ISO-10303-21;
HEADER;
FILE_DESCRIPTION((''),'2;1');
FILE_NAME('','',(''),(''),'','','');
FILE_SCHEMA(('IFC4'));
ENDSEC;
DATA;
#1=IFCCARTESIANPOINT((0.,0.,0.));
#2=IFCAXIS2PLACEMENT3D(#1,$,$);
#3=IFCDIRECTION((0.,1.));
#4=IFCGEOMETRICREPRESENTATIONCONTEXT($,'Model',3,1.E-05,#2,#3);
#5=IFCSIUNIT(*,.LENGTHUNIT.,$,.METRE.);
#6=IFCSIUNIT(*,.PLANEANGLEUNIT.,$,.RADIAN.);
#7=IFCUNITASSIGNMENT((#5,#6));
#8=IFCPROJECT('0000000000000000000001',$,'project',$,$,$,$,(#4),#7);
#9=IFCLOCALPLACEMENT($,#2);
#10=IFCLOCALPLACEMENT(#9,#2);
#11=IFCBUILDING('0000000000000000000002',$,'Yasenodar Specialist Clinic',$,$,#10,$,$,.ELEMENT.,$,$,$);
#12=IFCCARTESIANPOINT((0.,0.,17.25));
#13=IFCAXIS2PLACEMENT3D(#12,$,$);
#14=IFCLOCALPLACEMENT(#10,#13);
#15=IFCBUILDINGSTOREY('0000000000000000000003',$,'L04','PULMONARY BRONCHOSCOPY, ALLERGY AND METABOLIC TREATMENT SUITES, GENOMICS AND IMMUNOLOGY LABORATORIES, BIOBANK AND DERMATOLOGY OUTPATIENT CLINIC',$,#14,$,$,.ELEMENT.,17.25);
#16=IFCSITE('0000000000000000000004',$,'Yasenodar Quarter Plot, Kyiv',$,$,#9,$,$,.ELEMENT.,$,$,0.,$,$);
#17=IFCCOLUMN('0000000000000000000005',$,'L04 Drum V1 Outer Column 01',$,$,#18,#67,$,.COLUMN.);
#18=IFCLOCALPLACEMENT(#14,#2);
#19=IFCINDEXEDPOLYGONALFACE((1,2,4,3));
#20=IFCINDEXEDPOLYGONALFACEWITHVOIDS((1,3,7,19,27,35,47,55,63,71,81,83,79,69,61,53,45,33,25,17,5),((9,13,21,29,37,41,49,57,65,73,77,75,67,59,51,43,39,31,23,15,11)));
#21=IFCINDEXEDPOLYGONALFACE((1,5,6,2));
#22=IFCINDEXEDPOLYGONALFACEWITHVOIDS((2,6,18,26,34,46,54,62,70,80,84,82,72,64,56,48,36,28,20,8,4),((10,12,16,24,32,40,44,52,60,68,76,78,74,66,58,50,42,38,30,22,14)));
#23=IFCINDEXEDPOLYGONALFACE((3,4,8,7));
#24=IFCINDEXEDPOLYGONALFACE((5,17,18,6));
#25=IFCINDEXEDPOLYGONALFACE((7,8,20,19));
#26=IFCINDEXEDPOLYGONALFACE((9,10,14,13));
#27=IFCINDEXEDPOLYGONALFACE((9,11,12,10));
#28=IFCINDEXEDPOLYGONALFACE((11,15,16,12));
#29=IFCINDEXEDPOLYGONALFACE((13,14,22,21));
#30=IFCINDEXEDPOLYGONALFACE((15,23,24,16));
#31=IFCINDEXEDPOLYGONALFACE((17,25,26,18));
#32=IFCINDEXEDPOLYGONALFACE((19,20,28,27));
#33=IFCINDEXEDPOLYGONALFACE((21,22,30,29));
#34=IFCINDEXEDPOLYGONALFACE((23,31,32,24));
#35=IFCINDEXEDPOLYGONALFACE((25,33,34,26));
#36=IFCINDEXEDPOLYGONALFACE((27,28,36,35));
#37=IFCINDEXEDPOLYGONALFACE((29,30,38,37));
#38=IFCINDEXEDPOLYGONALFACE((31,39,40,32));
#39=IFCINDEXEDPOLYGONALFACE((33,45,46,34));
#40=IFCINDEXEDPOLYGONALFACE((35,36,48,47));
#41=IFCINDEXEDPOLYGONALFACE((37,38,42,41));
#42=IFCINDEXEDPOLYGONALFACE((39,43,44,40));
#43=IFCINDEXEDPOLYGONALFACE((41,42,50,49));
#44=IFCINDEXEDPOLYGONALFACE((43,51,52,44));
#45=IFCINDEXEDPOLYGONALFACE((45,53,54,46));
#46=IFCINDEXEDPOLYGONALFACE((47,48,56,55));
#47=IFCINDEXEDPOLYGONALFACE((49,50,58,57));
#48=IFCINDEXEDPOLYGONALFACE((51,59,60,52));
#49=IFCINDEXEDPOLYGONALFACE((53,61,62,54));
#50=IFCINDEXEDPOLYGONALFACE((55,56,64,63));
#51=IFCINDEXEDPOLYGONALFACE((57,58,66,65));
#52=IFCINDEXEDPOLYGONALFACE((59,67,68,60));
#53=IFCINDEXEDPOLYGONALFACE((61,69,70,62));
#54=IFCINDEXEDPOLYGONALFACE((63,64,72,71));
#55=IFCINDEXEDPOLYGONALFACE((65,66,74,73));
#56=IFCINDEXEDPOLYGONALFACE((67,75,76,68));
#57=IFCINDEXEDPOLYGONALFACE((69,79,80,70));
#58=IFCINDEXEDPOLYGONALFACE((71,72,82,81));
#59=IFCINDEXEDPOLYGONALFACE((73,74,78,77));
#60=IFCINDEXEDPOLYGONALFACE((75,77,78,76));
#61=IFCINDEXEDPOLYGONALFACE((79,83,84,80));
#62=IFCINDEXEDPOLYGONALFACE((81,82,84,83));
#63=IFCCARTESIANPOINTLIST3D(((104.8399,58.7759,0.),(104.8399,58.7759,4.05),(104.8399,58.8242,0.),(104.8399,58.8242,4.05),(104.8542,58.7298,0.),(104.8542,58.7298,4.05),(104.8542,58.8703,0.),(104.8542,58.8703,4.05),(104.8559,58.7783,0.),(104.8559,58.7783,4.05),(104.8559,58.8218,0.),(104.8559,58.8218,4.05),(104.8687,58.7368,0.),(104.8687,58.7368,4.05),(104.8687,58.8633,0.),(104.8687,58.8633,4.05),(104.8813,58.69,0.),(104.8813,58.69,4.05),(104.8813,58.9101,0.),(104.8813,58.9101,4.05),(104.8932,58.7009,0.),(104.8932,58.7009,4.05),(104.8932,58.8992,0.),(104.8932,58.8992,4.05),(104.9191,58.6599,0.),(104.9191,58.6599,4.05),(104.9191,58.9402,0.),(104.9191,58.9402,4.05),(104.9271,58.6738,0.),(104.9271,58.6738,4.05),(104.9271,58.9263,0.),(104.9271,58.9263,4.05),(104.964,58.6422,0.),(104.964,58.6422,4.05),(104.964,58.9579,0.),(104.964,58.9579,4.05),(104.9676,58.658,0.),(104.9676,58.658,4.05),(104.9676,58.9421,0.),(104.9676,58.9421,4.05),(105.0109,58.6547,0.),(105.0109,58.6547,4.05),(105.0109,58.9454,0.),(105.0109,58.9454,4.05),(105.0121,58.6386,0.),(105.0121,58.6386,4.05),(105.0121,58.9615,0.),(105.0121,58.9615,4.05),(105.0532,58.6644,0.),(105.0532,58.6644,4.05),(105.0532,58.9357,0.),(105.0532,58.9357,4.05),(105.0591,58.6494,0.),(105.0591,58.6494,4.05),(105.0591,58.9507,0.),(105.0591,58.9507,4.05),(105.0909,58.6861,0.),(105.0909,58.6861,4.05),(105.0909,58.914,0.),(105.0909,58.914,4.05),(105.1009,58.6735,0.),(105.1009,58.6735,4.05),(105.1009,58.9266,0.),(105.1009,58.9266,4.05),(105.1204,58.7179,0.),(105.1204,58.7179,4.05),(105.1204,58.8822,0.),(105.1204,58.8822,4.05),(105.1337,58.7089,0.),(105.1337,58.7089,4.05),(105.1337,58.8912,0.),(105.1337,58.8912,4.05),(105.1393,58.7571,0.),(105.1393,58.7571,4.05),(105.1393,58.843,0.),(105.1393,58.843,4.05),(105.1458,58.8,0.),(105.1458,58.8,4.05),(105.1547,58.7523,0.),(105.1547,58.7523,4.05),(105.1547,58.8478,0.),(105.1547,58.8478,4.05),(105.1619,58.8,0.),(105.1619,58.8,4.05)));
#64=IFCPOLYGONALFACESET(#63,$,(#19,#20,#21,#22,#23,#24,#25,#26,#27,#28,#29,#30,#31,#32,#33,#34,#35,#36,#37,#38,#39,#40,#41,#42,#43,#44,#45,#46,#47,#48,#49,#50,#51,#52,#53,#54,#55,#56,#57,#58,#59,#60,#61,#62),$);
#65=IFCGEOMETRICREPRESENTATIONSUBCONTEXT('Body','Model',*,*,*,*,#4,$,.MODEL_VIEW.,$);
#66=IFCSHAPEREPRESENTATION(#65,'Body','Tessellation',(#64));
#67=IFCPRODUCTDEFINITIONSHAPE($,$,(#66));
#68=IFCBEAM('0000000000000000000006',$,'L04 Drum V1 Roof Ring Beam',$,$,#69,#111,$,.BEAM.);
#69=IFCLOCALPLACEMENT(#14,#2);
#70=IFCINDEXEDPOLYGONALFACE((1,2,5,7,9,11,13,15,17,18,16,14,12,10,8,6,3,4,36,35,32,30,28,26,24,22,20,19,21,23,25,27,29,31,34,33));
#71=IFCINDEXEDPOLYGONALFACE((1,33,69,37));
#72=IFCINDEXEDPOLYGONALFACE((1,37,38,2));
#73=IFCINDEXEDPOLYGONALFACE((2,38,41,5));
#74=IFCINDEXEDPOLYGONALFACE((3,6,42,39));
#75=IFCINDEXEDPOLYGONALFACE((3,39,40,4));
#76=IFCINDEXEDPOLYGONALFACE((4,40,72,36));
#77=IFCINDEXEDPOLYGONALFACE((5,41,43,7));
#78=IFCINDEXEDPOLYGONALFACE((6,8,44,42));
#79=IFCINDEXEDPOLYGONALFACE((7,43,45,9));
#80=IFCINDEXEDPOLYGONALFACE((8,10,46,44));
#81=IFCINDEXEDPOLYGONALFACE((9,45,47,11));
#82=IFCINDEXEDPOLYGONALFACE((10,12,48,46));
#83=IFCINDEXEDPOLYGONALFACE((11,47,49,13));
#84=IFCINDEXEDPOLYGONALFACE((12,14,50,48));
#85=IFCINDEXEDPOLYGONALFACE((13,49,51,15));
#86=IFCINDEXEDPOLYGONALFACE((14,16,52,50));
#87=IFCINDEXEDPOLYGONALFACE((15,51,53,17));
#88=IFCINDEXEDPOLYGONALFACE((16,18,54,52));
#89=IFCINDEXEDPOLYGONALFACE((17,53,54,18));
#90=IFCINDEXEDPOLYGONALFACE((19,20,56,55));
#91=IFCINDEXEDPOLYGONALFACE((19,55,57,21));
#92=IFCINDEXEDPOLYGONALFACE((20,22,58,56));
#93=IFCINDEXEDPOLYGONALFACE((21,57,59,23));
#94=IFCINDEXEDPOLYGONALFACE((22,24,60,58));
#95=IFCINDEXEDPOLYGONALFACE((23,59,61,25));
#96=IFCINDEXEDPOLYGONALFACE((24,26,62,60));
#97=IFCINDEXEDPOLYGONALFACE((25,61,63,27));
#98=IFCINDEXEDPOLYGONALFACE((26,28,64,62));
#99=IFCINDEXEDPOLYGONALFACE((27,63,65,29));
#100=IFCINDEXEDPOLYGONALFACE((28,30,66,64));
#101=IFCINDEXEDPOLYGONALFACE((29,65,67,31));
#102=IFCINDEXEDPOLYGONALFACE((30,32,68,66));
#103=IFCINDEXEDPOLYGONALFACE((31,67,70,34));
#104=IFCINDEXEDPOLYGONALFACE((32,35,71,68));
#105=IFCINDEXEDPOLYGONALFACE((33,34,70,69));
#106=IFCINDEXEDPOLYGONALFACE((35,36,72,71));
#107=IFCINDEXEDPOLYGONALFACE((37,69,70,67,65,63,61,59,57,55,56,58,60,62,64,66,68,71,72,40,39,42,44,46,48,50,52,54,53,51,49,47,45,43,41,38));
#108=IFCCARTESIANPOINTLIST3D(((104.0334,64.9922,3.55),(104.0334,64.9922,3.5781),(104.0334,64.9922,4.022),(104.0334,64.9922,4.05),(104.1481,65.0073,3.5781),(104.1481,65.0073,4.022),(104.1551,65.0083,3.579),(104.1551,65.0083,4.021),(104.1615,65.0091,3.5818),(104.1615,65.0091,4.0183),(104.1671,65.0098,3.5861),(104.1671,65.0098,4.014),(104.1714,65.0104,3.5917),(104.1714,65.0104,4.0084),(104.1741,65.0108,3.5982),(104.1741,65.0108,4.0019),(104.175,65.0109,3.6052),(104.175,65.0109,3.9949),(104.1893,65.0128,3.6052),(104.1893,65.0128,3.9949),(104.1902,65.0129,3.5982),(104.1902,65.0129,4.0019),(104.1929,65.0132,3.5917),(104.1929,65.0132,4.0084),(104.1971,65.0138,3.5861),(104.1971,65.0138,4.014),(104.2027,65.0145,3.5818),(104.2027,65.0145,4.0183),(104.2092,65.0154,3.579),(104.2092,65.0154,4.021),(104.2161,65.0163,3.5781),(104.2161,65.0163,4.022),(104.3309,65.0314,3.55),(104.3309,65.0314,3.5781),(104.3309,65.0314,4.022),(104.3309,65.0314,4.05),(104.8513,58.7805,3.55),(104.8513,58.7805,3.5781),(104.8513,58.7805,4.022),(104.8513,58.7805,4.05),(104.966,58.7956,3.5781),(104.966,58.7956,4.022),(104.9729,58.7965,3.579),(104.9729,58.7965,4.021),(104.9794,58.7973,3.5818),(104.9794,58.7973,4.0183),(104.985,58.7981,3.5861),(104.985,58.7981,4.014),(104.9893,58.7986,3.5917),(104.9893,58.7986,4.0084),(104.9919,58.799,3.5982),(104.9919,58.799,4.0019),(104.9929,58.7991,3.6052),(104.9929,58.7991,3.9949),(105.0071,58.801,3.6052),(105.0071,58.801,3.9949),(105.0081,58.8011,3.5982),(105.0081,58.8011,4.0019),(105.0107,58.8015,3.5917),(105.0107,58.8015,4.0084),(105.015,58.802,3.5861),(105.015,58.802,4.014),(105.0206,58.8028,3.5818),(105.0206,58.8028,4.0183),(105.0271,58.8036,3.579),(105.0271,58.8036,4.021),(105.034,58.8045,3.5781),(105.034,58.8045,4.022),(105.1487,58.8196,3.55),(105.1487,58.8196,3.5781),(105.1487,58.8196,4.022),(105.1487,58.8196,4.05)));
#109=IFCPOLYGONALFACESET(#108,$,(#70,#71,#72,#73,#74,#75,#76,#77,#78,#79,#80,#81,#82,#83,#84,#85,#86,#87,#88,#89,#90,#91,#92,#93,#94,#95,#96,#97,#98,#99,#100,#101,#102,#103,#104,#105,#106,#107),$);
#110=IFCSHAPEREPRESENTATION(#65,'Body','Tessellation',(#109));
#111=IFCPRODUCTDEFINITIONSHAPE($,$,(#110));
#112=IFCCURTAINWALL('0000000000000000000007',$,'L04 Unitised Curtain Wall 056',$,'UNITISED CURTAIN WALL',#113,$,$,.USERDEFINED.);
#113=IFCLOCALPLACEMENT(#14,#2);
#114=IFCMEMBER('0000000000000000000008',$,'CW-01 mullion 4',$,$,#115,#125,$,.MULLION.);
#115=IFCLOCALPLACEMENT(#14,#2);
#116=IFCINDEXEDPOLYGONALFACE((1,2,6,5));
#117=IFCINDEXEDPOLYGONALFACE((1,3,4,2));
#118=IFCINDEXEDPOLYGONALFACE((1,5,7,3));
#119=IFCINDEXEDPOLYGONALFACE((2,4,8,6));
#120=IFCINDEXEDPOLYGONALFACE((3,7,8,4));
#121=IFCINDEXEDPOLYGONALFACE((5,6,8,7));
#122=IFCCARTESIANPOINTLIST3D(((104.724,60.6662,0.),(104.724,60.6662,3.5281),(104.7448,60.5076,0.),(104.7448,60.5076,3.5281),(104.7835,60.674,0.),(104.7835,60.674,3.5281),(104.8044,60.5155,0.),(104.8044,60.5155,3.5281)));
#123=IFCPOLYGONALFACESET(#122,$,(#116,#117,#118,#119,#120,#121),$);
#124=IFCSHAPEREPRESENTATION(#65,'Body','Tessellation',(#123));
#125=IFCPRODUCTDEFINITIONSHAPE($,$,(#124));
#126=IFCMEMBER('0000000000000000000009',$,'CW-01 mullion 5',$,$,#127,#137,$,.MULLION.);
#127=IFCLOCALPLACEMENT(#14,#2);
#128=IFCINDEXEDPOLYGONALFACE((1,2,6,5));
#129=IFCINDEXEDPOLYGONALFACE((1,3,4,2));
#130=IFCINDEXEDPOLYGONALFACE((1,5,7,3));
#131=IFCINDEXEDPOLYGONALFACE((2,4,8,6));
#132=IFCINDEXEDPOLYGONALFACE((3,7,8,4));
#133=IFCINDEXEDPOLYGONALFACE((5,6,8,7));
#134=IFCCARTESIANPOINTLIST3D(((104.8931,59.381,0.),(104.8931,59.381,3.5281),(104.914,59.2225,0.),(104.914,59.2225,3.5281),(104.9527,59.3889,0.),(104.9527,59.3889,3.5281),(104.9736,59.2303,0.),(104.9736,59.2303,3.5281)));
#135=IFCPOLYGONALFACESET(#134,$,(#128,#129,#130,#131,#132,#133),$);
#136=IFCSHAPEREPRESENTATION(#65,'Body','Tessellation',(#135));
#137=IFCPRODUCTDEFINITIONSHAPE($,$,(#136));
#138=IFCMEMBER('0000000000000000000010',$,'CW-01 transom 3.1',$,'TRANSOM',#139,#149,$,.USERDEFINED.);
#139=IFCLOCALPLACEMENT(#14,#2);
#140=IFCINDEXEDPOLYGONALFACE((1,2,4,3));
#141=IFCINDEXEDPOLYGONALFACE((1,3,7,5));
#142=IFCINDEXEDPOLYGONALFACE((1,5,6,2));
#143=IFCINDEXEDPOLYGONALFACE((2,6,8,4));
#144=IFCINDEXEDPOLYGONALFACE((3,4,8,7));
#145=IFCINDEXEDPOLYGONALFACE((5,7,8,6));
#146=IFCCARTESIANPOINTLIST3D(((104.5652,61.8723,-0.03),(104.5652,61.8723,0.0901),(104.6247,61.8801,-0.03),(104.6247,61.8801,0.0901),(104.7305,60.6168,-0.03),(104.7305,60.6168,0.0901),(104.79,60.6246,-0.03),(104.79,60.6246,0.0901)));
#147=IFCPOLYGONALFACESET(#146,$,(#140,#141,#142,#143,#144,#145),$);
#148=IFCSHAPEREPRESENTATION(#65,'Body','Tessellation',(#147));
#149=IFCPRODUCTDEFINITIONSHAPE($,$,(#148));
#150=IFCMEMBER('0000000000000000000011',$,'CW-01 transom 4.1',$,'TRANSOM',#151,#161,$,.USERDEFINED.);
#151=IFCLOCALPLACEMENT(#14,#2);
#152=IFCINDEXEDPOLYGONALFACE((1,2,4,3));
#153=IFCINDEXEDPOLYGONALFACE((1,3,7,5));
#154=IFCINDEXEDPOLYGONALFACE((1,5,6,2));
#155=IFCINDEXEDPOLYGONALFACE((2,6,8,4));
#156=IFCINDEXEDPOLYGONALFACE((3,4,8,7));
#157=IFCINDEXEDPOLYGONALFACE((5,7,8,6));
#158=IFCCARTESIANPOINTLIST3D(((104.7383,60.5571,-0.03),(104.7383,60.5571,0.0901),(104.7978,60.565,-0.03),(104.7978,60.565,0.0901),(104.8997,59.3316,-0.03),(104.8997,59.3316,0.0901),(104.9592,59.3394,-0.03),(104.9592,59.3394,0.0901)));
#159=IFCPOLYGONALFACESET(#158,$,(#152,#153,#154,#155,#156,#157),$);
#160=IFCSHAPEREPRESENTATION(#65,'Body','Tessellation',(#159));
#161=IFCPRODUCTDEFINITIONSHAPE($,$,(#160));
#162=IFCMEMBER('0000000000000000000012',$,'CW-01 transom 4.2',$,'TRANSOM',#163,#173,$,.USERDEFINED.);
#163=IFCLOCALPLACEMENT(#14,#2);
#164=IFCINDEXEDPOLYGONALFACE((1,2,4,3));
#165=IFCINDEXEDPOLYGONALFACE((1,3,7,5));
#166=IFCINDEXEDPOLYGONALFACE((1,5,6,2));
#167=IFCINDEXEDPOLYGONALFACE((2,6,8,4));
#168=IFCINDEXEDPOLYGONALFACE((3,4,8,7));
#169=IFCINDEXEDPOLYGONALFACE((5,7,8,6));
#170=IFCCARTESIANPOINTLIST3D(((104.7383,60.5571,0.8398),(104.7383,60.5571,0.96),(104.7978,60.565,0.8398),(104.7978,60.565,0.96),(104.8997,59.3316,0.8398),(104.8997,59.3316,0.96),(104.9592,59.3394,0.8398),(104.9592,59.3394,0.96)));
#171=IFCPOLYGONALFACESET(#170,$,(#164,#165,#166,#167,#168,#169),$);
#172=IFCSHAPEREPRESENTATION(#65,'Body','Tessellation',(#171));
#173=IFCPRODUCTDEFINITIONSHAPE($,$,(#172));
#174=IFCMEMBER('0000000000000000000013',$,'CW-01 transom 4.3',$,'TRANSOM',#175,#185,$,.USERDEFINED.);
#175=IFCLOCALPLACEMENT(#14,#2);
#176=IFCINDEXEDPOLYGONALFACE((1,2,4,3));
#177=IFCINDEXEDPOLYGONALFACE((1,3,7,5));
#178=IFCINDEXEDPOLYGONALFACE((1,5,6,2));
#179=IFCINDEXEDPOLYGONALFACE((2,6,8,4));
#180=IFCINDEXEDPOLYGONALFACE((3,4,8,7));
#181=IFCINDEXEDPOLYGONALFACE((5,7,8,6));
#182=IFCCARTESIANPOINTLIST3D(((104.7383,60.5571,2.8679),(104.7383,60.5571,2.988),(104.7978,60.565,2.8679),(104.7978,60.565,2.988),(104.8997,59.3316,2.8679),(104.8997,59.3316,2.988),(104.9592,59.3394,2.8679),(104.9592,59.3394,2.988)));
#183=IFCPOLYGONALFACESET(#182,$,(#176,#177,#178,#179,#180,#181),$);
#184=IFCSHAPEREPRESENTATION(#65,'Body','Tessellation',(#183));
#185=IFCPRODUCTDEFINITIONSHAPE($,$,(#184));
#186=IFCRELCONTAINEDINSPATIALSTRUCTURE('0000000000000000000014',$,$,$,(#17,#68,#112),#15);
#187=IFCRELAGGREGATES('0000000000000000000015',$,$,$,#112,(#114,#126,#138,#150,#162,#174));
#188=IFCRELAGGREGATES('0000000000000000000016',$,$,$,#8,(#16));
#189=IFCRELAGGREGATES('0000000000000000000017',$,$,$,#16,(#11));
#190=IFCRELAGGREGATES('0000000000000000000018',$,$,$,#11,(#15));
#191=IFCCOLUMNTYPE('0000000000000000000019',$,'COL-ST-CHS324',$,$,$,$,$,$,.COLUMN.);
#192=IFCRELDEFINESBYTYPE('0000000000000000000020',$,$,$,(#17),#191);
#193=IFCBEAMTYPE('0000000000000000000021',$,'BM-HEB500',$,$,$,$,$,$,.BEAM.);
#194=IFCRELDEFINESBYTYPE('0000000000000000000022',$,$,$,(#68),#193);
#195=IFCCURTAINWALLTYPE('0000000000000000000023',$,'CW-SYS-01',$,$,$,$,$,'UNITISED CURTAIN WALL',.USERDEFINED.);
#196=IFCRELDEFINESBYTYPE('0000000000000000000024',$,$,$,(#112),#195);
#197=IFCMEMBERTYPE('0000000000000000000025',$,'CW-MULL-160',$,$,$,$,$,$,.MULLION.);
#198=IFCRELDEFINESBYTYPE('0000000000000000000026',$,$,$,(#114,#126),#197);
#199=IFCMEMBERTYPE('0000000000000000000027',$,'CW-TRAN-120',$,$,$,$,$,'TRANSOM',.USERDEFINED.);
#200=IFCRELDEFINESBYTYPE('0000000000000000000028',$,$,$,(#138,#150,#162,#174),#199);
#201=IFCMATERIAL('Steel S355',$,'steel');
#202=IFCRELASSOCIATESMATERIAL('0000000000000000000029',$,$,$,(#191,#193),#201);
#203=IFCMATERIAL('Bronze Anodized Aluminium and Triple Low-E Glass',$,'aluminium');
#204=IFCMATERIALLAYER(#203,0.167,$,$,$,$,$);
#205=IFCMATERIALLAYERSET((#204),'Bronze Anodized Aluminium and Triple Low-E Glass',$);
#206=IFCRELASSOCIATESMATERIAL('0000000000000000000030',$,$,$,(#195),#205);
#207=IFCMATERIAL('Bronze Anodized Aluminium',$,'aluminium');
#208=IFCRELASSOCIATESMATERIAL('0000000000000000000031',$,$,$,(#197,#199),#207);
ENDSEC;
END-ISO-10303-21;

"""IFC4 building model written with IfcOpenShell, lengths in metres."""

from ifc_helpers import new_model, si_unit, direction, frame, origin, origin_2d, place, context, subcontext, project, spatial, rectangle, hollow_circle, i_section, extrude, material, layer, layer_set, material_profile, profile_set, type_object, element, aggregate, save


model = new_model("IFC4")

# Units and contexts
model_context = context("Model", 3, precision=1e-05, world=origin(), true_north=direction((0.0, 1.0)))
body_context = subcontext(model_context, "Body", "Model", "MODEL_VIEW")
ifc_project = project(units=[si_unit("LENGTHUNIT", "METRE"), si_unit("PLANEANGLEUNIT", "RADIAN")], contexts=[model_context])

# Site, building, storey
site_placement = place(None, origin())
site = spatial("IfcSite", under=ifc_project, at=site_placement, Name="Yasenodar Quarter Plot, Kyiv", CompositionType="ELEMENT", RefElevation=0.0)
building_placement = place(site_placement, origin())
building = spatial("IfcBuilding", under=site, at=building_placement, Name="Yasenodar Specialist Clinic", CompositionType="ELEMENT")
storey_placement = place(building_placement, frame((0.0, 0.0, 17.25)))
storey = spatial("IfcBuildingStorey", under=building, at=storey_placement, Name="L04", Description="PULMONARY BRONCHOSCOPY, ALLERGY AND METABOLIC TREATMENT SUITES, GENOMICS AND IMMUNOLOGY LABORATORIES, BIOBANK AND DERMATOLOGY OUTPATIENT CLINIC", CompositionType="ELEMENT", Elevation=17.25)

# Column
ifc_material_1 = material(Name="Steel S355", Category="steel")
ifc_material_profile_1 = material_profile(ifc_material_1, hollow_circle(Radius=0.1619, WallThickness=0.0161, at=origin_2d()), Name="CHS 323.9x16")
ifc_profile_set_1 = profile_set([ifc_material_profile_1], Name="Steel S355")
column_type = type_object("IfcColumnType", Name="COL-ST-CHS324", PredefinedType="COLUMN", material=ifc_profile_set_1)
column_placement = place(storey_placement, frame((105.0, 58.8, 0.0), z_axis=(0.0, 0.0, 1.0), x_axis=(1.0, 0.0, 0.0)))
element("IfcColumn", 1, at=column_placement, inside=storey, type_object=column_type, Name="L04 Drum V1 Outer Column 01", PredefinedType="COLUMN", context=body_context, shape_type="SweptSolid", body=[
    extrude(hollow_circle(Radius=0.1619, WallThickness=0.0161, at=origin_2d()), origin(), (0.0, 0.0, 1.0), 4.05),
])

# Beam
ifc_material_profile_2 = material_profile(ifc_material_1, i_section(OverallWidth=0.3, OverallDepth=0.5, WebThickness=0.0144, FlangeThickness=0.0281, FilletRadius=0.0271, at=origin_2d()), Name="HEB 500")
ifc_profile_set_2 = profile_set([ifc_material_profile_2], Name="Steel S355")
beam_type = type_object("IfcBeamType", Name="BM-HEB500", PredefinedType="BEAM", material=ifc_profile_set_2)
beam_placement = place(storey_placement, frame((105.0, 58.8, 3.8), z_axis=(-0.13054, 0.991443, 0.0), x_axis=(-0.991443, -0.13054, 0.0)))
element("IfcBeam", 2, at=beam_placement, inside=storey, type_object=beam_type, Name="L04 Drum V1 Roof Ring Beam", PredefinedType="BEAM", context=body_context, shape_type="SweptSolid", body=[
    extrude(i_section(OverallWidth=0.3, OverallDepth=0.5, WebThickness=0.0144, FlangeThickness=0.0281, FilletRadius=0.0271, at=origin_2d()), origin(), (0.0, 0.0, 1.0), 6.2654),
])

# Curtain wall, members
ifc_material_2 = material(Name="Bronze Anodized Aluminium and Triple Low-E Glass", Category="aluminium")
ifc_layer_1 = layer(ifc_material_2, 0.167)
ifc_layer_set_1 = layer_set([ifc_layer_1], Name="Bronze Anodized Aluminium and Triple Low-E Glass")
curtain_wall_type = type_object("IfcCurtainWallType", Name="CW-SYS-01", ElementType="UNITISED CURTAIN WALL", PredefinedType="USERDEFINED", material=ifc_layer_set_1)
curtain_wall_placement = place(storey_placement, origin())
curtain_wall = element("IfcCurtainWall", 3, at=curtain_wall_placement, inside=storey, type_object=curtain_wall_type, Name="L04 Unitised Curtain Wall 056", ObjectType="UNITISED CURTAIN WALL", PredefinedType="USERDEFINED")
ifc_material_3 = material(Name="Bronze Anodized Aluminium", Category="aluminium")
ifc_material_profile_3 = material_profile(ifc_material_3, rectangle(XDim=0.0601, YDim=0.1599, at=origin_2d()), Name="CW-MULL 60x160")
ifc_profile_set_3 = profile_set([ifc_material_profile_3], Name="Bronze Anodized Aluminium")
member_type_1 = type_object("IfcMemberType", Name="CW-MULL-160", PredefinedType="MULLION", material=ifc_profile_set_3)
member_1_placement = place(storey_placement, frame((104.7642, 60.5908, 0.0), z_axis=(0.0, 0.0, 1.0), x_axis=(0.991447, 0.130512, 0.0)))
member_1 = element("IfcMember", 4, at=member_1_placement, type_object=member_type_1, Name="CW-01 mullion 4", PredefinedType="MULLION", context=body_context, shape_type="SweptSolid", body=[
    extrude(rectangle(XDim=0.0601, YDim=0.1599, at=origin_2d()), origin(), (0.0, 0.0, 1.0), 3.5281),
])
member_2_placement = place(storey_placement, frame((104.9333, 59.3057, 0.0), z_axis=(0.0, 0.0, 1.0), x_axis=(0.991447, 0.130512, 0.0)))
member_2 = element("IfcMember", 5, at=member_2_placement, type_object=member_type_1, Name="CW-01 mullion 5", PredefinedType="MULLION", context=body_context, shape_type="SweptSolid", body=[
    extrude(rectangle(XDim=0.0601, YDim=0.1599, at=origin_2d()), origin(), (0.0, 0.0, 1.0), 3.5281),
])
ifc_material_profile_4 = material_profile(ifc_material_3, rectangle(XDim=0.0601, YDim=0.1201, at=origin_2d()), Name="CW-TRAN 60x120")
ifc_profile_set_4 = profile_set([ifc_material_profile_4], Name="Bronze Anodized Aluminium")
member_type_2 = type_object("IfcMemberType", Name="CW-TRAN-120", ElementType="TRANSOM", PredefinedType="USERDEFINED", material=ifc_profile_set_4)
member_3_placement = place(storey_placement, frame((104.595, 61.8762, 0.03), z_axis=(0.130509, -0.991447, 0.0), x_axis=(0.991447, 0.130509, 0.0)))
member_3 = element("IfcMember", 6, at=member_3_placement, type_object=member_type_2, Name="CW-01 transom 3.1", ObjectType="TRANSOM", PredefinedType="USERDEFINED", context=body_context, shape_type="SweptSolid", body=[
    extrude(rectangle(XDim=0.0601, YDim=0.1201, at=origin_2d()), origin(), (0.0, 0.0, 1.0), 1.2664),
])
member_4_placement = place(storey_placement, frame((104.7681, 60.561, 0.03), z_axis=(0.130546, -0.991442, 0.0), x_axis=(0.991442, 0.130546, 0.0)))
member_4 = element("IfcMember", 7, at=member_4_placement, type_object=member_type_2, Name="CW-01 transom 4.1", ObjectType="TRANSOM", PredefinedType="USERDEFINED", context=body_context, shape_type="SweptSolid", body=[
    extrude(rectangle(XDim=0.0601, YDim=0.1201, at=origin_2d()), origin(), (0.0, 0.0, 1.0), 1.2361),
])
member_5_placement = place(storey_placement, frame((104.7681, 60.561, 0.8999), z_axis=(0.130546, -0.991442, 0.0), x_axis=(0.991442, 0.130546, 0.0)))
member_5 = element("IfcMember", 8, at=member_5_placement, type_object=member_type_2, Name="CW-01 transom 4.2", ObjectType="TRANSOM", PredefinedType="USERDEFINED", context=body_context, shape_type="SweptSolid", body=[
    extrude(rectangle(XDim=0.0601, YDim=0.1201, at=origin_2d()), origin(), (0.0, 0.0, 1.0), 1.2361),
])
member_6_placement = place(storey_placement, frame((104.7681, 60.561, 2.928), z_axis=(0.130546, -0.991442, 0.0), x_axis=(0.991442, 0.130546, 0.0)))
member_6 = element("IfcMember", 9, at=member_6_placement, type_object=member_type_2, Name="CW-01 transom 4.3", ObjectType="TRANSOM", PredefinedType="USERDEFINED", context=body_context, shape_type="SweptSolid", body=[
    extrude(rectangle(XDim=0.0601, YDim=0.1201, at=origin_2d()), origin(), (0.0, 0.0, 1.0), 1.2361),
])
aggregate(curtain_wall, [member_1, member_2, member_3, member_4, member_5, member_6])

save(model, "model.ifc")
